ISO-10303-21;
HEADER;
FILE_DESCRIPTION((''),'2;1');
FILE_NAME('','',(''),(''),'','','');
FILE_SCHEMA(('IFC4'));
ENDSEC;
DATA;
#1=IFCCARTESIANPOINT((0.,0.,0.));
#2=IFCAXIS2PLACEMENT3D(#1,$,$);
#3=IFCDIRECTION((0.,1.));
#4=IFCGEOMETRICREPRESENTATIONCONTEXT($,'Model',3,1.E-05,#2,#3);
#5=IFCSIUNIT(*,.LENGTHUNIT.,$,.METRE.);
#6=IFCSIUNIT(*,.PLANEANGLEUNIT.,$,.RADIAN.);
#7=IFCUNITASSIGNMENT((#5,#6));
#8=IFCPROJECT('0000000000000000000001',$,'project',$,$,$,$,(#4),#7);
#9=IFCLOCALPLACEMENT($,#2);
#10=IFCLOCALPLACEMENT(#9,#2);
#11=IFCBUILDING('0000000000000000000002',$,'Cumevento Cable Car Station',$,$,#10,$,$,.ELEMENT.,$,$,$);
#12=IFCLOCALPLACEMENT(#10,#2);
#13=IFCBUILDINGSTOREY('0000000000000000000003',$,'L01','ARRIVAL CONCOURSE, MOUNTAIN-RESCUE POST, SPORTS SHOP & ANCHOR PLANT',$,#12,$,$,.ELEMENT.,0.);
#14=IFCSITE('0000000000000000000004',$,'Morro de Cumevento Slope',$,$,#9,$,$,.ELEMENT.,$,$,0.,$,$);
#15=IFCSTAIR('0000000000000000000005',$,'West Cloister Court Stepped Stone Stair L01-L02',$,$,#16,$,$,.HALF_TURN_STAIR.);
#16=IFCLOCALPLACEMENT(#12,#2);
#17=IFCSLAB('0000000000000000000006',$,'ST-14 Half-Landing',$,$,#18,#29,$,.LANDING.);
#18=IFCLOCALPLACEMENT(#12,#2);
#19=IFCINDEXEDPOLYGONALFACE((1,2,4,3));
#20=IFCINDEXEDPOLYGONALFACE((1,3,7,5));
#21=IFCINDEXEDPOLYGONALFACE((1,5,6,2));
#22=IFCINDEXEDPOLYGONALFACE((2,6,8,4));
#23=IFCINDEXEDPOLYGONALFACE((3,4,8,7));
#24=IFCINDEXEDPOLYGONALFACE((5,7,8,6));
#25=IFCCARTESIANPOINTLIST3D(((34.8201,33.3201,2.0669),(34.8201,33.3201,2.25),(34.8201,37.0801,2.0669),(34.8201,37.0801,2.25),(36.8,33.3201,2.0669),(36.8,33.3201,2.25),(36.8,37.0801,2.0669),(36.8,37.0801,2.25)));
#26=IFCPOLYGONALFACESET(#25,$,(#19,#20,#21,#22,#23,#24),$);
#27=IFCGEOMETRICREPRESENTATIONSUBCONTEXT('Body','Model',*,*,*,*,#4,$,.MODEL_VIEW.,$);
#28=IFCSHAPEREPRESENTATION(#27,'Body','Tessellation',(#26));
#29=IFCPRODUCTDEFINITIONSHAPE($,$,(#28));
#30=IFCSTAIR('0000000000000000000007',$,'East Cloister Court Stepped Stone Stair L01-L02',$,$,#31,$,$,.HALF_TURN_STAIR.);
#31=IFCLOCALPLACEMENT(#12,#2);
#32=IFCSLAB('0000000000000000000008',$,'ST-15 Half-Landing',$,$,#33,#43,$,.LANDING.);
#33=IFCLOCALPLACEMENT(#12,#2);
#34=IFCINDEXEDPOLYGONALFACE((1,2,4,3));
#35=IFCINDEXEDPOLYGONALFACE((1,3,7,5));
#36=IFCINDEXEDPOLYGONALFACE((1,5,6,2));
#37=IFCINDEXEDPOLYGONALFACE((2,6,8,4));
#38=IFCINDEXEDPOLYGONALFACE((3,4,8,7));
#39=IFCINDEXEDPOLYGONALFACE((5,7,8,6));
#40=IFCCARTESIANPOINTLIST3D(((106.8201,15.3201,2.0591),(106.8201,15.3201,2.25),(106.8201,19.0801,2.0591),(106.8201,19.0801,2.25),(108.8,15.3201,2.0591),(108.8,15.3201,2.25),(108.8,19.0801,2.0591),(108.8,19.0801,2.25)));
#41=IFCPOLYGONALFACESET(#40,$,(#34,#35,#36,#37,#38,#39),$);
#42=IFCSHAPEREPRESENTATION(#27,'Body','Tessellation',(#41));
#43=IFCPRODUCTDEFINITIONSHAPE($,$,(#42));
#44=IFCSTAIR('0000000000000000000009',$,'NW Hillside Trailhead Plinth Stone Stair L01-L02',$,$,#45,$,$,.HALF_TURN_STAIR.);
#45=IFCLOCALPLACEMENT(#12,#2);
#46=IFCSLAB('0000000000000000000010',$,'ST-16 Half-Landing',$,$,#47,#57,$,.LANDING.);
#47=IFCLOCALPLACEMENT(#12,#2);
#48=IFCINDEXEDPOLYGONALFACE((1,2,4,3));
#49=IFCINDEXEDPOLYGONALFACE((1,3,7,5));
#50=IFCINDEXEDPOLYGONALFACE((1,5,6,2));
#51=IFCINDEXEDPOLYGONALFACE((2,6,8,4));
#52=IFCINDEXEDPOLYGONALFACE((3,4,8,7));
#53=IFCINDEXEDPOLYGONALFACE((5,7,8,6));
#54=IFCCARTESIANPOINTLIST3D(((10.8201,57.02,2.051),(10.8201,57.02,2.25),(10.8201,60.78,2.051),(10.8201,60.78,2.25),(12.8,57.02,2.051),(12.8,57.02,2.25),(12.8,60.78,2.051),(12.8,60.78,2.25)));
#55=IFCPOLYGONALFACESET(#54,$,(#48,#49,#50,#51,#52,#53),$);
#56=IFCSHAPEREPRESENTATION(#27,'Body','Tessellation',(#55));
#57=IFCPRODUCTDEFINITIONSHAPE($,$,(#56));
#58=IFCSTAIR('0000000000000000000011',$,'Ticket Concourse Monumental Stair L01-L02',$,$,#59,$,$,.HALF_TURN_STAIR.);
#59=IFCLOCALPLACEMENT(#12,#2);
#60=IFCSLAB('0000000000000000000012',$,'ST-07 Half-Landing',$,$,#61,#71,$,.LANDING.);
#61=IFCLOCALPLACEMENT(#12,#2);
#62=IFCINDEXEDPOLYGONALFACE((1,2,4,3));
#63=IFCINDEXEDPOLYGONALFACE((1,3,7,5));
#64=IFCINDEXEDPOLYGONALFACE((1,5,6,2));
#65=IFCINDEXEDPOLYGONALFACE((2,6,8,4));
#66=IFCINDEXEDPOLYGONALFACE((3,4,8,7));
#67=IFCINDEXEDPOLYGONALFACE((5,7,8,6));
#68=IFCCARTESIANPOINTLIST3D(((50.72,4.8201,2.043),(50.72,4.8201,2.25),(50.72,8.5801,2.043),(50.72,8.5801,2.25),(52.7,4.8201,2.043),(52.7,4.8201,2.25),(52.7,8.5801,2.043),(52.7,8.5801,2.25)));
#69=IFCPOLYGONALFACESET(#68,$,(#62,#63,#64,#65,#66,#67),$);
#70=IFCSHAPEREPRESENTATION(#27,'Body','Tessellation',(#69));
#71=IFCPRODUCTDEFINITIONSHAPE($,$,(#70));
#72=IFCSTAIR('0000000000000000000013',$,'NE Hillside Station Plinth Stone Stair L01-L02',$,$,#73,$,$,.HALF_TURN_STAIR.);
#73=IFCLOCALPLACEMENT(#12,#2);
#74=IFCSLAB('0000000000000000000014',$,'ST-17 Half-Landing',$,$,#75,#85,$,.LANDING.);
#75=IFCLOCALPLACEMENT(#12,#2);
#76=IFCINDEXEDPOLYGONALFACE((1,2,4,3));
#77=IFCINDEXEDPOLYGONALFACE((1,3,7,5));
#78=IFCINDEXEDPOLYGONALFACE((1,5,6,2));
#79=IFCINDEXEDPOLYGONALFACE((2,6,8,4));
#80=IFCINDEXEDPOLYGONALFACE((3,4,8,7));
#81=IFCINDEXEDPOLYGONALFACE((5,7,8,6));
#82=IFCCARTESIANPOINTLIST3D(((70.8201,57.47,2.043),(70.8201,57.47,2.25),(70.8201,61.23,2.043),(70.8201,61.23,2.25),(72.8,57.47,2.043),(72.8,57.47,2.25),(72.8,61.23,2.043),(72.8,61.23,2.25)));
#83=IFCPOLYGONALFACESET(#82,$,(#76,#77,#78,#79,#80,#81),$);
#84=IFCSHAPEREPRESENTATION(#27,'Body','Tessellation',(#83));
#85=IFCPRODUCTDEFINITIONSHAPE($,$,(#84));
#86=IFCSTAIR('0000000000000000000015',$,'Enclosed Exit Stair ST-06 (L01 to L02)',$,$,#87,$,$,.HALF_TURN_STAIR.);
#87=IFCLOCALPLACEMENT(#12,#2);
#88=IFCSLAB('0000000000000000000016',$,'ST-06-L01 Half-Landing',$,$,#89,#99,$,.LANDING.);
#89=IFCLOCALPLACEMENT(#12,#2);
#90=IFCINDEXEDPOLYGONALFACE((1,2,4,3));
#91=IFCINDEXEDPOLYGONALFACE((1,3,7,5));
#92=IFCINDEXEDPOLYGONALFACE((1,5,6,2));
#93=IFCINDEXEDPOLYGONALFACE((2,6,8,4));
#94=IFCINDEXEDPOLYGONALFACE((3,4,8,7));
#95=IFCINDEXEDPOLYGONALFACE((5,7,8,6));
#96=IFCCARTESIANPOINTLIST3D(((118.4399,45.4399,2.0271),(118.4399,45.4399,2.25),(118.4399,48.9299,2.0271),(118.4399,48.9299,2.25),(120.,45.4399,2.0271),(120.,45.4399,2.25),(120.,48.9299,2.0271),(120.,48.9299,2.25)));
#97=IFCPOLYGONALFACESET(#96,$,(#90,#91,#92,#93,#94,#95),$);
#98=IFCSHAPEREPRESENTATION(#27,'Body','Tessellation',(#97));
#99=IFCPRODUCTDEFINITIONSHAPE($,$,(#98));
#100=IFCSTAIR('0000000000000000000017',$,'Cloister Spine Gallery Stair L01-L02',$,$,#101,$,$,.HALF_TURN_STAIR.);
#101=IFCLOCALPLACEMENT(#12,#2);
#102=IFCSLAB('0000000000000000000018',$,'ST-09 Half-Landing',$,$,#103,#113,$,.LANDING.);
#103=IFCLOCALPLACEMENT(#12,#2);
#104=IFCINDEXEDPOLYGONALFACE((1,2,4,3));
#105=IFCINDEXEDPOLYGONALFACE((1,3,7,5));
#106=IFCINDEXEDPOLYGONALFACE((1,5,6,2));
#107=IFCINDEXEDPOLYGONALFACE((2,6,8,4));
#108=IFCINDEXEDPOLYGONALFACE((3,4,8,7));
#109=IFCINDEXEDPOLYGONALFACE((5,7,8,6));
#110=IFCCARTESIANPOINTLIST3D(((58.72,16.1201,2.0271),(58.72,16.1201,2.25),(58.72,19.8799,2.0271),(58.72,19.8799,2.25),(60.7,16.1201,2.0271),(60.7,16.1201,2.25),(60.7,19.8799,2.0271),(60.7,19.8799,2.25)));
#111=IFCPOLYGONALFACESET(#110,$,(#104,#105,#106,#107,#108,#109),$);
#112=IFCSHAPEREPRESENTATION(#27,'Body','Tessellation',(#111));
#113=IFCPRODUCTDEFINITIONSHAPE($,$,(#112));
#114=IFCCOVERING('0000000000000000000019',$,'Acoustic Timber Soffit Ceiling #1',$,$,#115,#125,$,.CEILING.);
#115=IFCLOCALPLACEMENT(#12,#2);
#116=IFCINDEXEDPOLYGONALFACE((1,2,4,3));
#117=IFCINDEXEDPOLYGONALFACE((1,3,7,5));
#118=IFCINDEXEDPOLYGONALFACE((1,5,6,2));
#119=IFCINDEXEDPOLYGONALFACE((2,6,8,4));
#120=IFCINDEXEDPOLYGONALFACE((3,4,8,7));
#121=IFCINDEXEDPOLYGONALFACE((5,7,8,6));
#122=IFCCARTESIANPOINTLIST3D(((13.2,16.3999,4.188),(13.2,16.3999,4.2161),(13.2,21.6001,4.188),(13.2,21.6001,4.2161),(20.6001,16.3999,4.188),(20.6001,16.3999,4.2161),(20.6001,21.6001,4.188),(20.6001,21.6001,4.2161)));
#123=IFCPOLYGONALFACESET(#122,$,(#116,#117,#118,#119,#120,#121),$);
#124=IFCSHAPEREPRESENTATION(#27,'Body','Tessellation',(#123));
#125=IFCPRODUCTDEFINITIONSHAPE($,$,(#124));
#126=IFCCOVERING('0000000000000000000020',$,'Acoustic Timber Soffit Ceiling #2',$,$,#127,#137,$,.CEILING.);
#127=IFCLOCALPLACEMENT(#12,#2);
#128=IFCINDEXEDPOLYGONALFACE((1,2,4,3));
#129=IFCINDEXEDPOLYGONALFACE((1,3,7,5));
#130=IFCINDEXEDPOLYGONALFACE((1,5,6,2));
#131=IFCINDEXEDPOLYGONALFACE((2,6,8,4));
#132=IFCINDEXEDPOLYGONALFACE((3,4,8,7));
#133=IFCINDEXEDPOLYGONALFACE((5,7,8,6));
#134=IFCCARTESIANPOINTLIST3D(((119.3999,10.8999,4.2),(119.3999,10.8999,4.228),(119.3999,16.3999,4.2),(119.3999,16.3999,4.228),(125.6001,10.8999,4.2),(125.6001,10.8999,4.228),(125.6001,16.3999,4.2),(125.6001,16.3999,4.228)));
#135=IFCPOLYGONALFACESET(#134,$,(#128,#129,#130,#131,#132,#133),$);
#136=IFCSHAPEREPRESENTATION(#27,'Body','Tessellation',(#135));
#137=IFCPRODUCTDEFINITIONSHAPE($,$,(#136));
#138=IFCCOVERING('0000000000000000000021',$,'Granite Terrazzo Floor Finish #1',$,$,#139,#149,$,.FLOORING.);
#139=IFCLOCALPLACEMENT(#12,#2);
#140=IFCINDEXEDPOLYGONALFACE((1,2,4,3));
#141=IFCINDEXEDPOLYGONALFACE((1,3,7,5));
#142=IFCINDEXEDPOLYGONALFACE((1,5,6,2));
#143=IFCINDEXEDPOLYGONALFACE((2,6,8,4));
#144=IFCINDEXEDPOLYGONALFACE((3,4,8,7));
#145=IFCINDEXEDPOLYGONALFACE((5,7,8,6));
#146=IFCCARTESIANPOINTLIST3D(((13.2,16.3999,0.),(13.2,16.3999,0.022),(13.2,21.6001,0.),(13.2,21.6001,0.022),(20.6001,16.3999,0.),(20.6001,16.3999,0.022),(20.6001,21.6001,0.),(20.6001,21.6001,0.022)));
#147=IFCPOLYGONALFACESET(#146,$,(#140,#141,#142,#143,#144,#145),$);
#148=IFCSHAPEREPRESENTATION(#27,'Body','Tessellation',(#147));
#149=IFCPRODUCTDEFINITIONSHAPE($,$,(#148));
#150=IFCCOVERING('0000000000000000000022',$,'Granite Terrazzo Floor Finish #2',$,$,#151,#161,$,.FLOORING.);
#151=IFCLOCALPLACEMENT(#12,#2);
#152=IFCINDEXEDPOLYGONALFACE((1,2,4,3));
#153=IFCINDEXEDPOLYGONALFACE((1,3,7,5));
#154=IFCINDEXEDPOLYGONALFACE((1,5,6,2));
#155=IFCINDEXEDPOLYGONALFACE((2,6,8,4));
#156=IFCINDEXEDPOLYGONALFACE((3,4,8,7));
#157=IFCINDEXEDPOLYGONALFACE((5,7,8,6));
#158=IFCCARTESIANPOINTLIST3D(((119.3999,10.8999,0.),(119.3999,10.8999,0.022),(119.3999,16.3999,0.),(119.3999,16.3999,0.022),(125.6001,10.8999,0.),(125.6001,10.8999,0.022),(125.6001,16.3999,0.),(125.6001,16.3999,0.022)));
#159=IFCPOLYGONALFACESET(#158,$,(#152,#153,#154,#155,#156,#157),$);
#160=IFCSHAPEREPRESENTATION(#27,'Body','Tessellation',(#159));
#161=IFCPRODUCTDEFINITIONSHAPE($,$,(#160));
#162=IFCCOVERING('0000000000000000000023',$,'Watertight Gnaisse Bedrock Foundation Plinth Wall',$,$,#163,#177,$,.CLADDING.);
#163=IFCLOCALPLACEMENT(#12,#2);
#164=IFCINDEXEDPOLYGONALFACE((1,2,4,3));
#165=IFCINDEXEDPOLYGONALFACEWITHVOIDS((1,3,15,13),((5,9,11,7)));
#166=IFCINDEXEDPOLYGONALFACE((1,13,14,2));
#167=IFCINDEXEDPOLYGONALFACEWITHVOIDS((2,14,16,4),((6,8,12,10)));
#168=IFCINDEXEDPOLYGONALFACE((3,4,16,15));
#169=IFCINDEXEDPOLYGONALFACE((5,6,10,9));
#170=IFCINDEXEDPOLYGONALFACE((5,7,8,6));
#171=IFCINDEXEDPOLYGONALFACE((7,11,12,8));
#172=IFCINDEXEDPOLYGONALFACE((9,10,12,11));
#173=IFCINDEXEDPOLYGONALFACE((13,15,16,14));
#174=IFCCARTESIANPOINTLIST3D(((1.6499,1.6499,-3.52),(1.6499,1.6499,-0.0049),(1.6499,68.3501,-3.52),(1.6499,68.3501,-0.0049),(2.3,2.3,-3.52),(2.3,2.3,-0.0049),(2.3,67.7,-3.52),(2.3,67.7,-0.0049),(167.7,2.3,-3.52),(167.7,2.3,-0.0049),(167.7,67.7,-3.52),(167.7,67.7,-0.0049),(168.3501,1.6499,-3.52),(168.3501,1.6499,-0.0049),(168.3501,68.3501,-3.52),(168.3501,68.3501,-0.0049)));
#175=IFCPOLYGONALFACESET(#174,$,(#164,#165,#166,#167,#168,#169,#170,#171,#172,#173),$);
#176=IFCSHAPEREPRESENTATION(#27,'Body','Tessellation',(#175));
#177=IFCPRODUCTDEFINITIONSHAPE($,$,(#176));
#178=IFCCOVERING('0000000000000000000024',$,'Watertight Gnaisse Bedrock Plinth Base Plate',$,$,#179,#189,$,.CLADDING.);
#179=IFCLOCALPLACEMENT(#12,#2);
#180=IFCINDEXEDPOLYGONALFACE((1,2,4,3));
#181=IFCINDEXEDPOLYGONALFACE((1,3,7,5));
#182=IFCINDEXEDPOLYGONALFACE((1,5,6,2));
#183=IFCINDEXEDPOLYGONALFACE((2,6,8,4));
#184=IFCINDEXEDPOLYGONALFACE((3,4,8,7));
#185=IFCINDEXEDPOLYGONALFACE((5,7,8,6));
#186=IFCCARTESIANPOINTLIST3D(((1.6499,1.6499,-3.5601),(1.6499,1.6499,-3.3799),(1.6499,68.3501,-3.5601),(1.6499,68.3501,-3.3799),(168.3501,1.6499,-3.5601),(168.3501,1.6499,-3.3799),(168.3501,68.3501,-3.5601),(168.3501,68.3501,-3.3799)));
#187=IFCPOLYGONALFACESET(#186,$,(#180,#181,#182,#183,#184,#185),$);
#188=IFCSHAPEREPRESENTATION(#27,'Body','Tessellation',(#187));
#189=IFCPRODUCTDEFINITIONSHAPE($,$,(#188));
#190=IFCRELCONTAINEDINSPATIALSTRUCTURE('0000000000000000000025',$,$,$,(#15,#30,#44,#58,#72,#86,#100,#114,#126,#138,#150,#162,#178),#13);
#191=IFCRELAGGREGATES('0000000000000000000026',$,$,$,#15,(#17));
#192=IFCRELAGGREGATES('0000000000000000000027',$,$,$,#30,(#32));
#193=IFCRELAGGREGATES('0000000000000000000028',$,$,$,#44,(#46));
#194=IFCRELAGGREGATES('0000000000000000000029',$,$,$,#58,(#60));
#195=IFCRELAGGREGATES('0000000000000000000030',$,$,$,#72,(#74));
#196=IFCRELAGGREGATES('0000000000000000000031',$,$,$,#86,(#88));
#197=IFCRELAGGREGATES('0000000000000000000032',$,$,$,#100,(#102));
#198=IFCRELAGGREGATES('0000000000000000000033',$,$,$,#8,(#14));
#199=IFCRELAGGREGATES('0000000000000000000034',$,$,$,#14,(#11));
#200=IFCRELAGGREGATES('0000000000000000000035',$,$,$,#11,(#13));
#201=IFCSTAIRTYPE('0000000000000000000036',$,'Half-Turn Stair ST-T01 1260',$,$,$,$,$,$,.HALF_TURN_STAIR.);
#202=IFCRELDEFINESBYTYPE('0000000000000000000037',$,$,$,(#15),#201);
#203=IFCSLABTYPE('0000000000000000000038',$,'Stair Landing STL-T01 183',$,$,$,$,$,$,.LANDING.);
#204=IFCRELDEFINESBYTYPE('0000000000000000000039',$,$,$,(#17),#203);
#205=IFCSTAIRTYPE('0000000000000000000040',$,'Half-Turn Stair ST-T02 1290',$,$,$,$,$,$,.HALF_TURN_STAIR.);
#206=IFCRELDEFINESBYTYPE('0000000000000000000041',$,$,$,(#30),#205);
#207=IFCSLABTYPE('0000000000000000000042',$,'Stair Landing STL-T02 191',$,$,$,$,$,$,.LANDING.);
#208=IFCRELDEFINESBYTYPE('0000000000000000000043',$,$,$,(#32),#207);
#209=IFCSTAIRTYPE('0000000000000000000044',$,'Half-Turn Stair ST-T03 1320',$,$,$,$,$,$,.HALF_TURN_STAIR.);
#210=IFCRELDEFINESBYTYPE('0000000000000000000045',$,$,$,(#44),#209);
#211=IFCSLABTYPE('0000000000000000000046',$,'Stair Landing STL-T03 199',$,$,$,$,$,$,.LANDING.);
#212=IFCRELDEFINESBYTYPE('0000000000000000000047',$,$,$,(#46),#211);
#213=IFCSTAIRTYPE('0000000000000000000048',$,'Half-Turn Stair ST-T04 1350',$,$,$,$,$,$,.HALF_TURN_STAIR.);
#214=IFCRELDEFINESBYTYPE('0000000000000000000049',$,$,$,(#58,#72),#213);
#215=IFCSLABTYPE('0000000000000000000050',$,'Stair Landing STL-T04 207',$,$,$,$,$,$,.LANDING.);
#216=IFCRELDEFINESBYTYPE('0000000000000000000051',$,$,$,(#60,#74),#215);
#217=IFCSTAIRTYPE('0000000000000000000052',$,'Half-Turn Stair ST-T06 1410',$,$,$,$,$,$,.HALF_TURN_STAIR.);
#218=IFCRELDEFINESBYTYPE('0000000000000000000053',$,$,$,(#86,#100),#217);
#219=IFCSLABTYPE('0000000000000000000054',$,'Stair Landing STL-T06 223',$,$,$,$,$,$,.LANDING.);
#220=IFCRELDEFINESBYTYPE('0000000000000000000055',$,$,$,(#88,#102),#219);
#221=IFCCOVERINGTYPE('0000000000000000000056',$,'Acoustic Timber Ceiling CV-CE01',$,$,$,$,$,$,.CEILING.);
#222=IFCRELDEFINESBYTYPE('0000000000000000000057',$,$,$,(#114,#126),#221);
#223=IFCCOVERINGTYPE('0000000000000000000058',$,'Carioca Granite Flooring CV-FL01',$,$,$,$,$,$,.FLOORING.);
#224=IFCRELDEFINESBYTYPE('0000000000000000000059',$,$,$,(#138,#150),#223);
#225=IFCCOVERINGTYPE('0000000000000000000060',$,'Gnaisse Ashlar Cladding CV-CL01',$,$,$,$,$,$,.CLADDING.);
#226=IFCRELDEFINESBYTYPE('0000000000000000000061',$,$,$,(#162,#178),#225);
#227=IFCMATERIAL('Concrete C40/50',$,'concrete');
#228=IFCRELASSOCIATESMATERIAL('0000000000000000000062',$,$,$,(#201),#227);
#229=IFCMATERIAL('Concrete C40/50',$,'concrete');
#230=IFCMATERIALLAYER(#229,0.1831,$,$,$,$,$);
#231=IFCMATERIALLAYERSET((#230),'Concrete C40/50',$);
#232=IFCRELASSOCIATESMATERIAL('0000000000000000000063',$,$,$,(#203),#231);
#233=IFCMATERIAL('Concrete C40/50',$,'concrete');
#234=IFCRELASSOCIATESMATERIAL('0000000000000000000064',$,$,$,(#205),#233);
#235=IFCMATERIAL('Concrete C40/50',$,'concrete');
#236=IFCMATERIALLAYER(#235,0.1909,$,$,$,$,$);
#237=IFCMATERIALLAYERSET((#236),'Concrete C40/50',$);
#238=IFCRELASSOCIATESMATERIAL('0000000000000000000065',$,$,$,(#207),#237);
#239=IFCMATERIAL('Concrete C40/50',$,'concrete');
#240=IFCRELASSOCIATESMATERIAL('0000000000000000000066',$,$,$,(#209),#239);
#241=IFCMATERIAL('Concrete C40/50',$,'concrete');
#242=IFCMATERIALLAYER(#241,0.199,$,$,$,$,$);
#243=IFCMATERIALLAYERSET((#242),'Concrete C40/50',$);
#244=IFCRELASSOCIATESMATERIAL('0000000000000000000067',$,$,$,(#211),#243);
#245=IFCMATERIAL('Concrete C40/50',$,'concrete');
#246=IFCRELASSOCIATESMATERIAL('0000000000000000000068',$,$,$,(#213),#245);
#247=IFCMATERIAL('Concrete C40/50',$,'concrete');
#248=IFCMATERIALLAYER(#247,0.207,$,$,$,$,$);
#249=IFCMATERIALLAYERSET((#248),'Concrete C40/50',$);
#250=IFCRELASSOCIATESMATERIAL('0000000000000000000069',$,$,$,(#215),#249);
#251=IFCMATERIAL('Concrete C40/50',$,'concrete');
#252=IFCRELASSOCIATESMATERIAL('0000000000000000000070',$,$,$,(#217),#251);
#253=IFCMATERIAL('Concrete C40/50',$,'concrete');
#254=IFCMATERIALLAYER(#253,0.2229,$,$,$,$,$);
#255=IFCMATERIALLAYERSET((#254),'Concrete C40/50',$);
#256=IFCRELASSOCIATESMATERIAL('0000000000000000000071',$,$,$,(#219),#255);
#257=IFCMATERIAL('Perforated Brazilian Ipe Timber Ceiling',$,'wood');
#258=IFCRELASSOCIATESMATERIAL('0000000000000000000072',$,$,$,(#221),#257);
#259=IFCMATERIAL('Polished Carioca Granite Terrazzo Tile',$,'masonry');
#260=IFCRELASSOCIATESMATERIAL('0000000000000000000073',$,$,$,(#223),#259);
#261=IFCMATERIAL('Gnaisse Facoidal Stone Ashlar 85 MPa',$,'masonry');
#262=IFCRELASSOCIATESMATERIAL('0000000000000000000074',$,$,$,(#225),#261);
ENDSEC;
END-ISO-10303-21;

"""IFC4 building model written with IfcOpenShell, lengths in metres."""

from ifc_helpers import new_model, si_unit, direction, frame, origin, place, context, subcontext, project, spatial, polyline, outline, extrude, material, layer, layer_set, type_object, element, aggregate, save


model = new_model("IFC4")

# Units and contexts
model_context = context("Model", 3, precision=1e-05, world=origin(), true_north=direction((0.0, 1.0)))
body_context = subcontext(model_context, "Body", "Model", "MODEL_VIEW")
ifc_project = project(units=[si_unit("LENGTHUNIT", "METRE"), si_unit("PLANEANGLEUNIT", "RADIAN")], contexts=[model_context])

# Site, building, storey
site_placement = place(None, origin())
site = spatial("IfcSite", under=ifc_project, at=site_placement, Name="Morro de Cumevento Slope", CompositionType="ELEMENT", RefElevation=0.0)
building_placement = place(site_placement, origin())
building = spatial("IfcBuilding", under=site, at=building_placement, Name="Cumevento Cable Car Station", CompositionType="ELEMENT")
storey_placement = place(building_placement, origin())
storey = spatial("IfcBuildingStorey", under=building, at=storey_placement, Name="L01", Description="ARRIVAL CONCOURSE, MOUNTAIN-RESCUE POST, SPORTS SHOP & ANCHOR PLANT", CompositionType="ELEMENT", Elevation=0.0)

# Stairs, slabs
ifc_material_1 = material(Name="Concrete C40/50", Category="concrete")
stair_type_1 = type_object("IfcStairType", Name="Half-Turn Stair ST-T01 1260", PredefinedType="HALF_TURN_STAIR", material=ifc_material_1)
stair_1_placement = place(storey_placement, origin())
stair_1 = element("IfcStair", 1, at=stair_1_placement, inside=storey, type_object=stair_type_1, Name="West Cloister Court Stepped Stone Stair L01-L02", PredefinedType="HALF_TURN_STAIR")
ifc_material_2 = material(Name="Concrete C40/50", Category="concrete")
ifc_layer_1 = layer(ifc_material_2, 0.1831)
ifc_layer_set_1 = layer_set([ifc_layer_1], Name="Concrete C40/50")
slab_type_1 = type_object("IfcSlabType", Name="Stair Landing STL-T01 183", PredefinedType="LANDING", material=ifc_layer_set_1)
slab_1_placement = place(storey_placement, frame((0.0, 0.0, 2.0669)))
slab_1 = element("IfcSlab", 2, at=slab_1_placement, type_object=slab_type_1, Name="ST-14 Half-Landing", PredefinedType="LANDING", context=body_context, shape_type="SweptSolid", body=[
    extrude(outline(polyline([(34.8201, 33.3201), (36.8, 33.3201), (36.8, 37.0801), (34.8201, 37.0801), (34.8201, 33.3201)])), origin(), (0.0, 0.0, 1.0), 0.1831),
])
aggregate(stair_1, [slab_1])
ifc_material_3 = material(Name="Concrete C40/50", Category="concrete")
stair_type_2 = type_object("IfcStairType", Name="Half-Turn Stair ST-T02 1290", PredefinedType="HALF_TURN_STAIR", material=ifc_material_3)
stair_2_placement = place(storey_placement, origin())
stair_2 = element("IfcStair", 3, at=stair_2_placement, inside=storey, type_object=stair_type_2, Name="East Cloister Court Stepped Stone Stair L01-L02", PredefinedType="HALF_TURN_STAIR")
ifc_material_4 = material(Name="Concrete C40/50", Category="concrete")
ifc_layer_2 = layer(ifc_material_4, 0.1909)
ifc_layer_set_2 = layer_set([ifc_layer_2], Name="Concrete C40/50")
slab_type_2 = type_object("IfcSlabType", Name="Stair Landing STL-T02 191", PredefinedType="LANDING", material=ifc_layer_set_2)
slab_2_placement = place(storey_placement, frame((0.0, 0.0, 2.0591)))
slab_2 = element("IfcSlab", 4, at=slab_2_placement, type_object=slab_type_2, Name="ST-15 Half-Landing", PredefinedType="LANDING", context=body_context, shape_type="SweptSolid", body=[
    extrude(outline(polyline([(106.8201, 15.3201), (108.8, 15.3201), (108.8, 19.0801), (106.8201, 19.0801), (106.8201, 15.3201)])), origin(), (0.0, 0.0, 1.0), 0.1909),
])
aggregate(stair_2, [slab_2])
ifc_material_5 = material(Name="Concrete C40/50", Category="concrete")
stair_type_3 = type_object("IfcStairType", Name="Half-Turn Stair ST-T03 1320", PredefinedType="HALF_TURN_STAIR", material=ifc_material_5)
stair_3_placement = place(storey_placement, origin())
stair_3 = element("IfcStair", 5, at=stair_3_placement, inside=storey, type_object=stair_type_3, Name="NW Hillside Trailhead Plinth Stone Stair L01-L02", PredefinedType="HALF_TURN_STAIR")
ifc_material_6 = material(Name="Concrete C40/50", Category="concrete")
ifc_layer_3 = layer(ifc_material_6, 0.199)
ifc_layer_set_3 = layer_set([ifc_layer_3], Name="Concrete C40/50")
slab_type_3 = type_object("IfcSlabType", Name="Stair Landing STL-T03 199", PredefinedType="LANDING", material=ifc_layer_set_3)
slab_3_placement = place(storey_placement, frame((0.0, 0.0, 2.051)))
slab_3 = element("IfcSlab", 6, at=slab_3_placement, type_object=slab_type_3, Name="ST-16 Half-Landing", PredefinedType="LANDING", context=body_context, shape_type="SweptSolid", body=[
    extrude(outline(polyline([(10.8201, 57.02), (12.8, 57.02), (12.8, 60.78), (10.8201, 60.78), (10.8201, 57.02)])), origin(), (0.0, 0.0, 1.0), 0.199),
])
aggregate(stair_3, [slab_3])
ifc_material_7 = material(Name="Concrete C40/50", Category="concrete")
stair_type_4 = type_object("IfcStairType", Name="Half-Turn Stair ST-T04 1350", PredefinedType="HALF_TURN_STAIR", material=ifc_material_7)
stair_4_placement = place(storey_placement, origin())
stair_4 = element("IfcStair", 7, at=stair_4_placement, inside=storey, type_object=stair_type_4, Name="Ticket Concourse Monumental Stair L01-L02", PredefinedType="HALF_TURN_STAIR")
ifc_material_8 = material(Name="Concrete C40/50", Category="concrete")
ifc_layer_4 = layer(ifc_material_8, 0.207)
ifc_layer_set_4 = layer_set([ifc_layer_4], Name="Concrete C40/50")
slab_type_4 = type_object("IfcSlabType", Name="Stair Landing STL-T04 207", PredefinedType="LANDING", material=ifc_layer_set_4)
slab_4_placement = place(storey_placement, frame((0.0, 0.0, 2.043)))
slab_4 = element("IfcSlab", 8, at=slab_4_placement, type_object=slab_type_4, Name="ST-07 Half-Landing", PredefinedType="LANDING", context=body_context, shape_type="SweptSolid", body=[
    extrude(outline(polyline([(50.72, 4.8201), (52.7, 4.8201), (52.7, 8.5801), (50.72, 8.5801), (50.72, 4.8201)])), origin(), (0.0, 0.0, 1.0), 0.207),
])
aggregate(stair_4, [slab_4])
stair_5_placement = place(storey_placement, origin())
stair_5 = element("IfcStair", 9, at=stair_5_placement, inside=storey, type_object=stair_type_4, Name="NE Hillside Station Plinth Stone Stair L01-L02", PredefinedType="HALF_TURN_STAIR")
slab_5_placement = place(storey_placement, frame((0.0, 0.0, 2.043)))
slab_5 = element("IfcSlab", 10, at=slab_5_placement, type_object=slab_type_4, Name="ST-17 Half-Landing", PredefinedType="LANDING", context=body_context, shape_type="SweptSolid", body=[
    extrude(outline(polyline([(70.8201, 57.47), (72.8, 57.47), (72.8, 61.23), (70.8201, 61.23), (70.8201, 57.47)])), origin(), (0.0, 0.0, 1.0), 0.207),
])
aggregate(stair_5, [slab_5])
ifc_material_9 = material(Name="Concrete C40/50", Category="concrete")
stair_type_5 = type_object("IfcStairType", Name="Half-Turn Stair ST-T06 1410", PredefinedType="HALF_TURN_STAIR", material=ifc_material_9)
stair_6_placement = place(storey_placement, origin())
stair_6 = element("IfcStair", 11, at=stair_6_placement, inside=storey, type_object=stair_type_5, Name="Enclosed Exit Stair ST-06 (L01 to L02)", PredefinedType="HALF_TURN_STAIR")
ifc_material_10 = material(Name="Concrete C40/50", Category="concrete")
ifc_layer_5 = layer(ifc_material_10, 0.2229)
ifc_layer_set_5 = layer_set([ifc_layer_5], Name="Concrete C40/50")
slab_type_5 = type_object("IfcSlabType", Name="Stair Landing STL-T06 223", PredefinedType="LANDING", material=ifc_layer_set_5)
slab_6_placement = place(storey_placement, frame((0.0, 0.0, 2.0271)))
slab_6 = element("IfcSlab", 12, at=slab_6_placement, type_object=slab_type_5, Name="ST-06-L01 Half-Landing", PredefinedType="LANDING", context=body_context, shape_type="SweptSolid", body=[
    extrude(outline(polyline([(118.4399, 45.4399), (120.0, 45.4399), (120.0, 48.9299), (118.4399, 48.9299), (118.4399, 45.4399)])), origin(), (0.0, 0.0, 1.0), 0.2229),
])
aggregate(stair_6, [slab_6])
stair_7_placement = place(storey_placement, origin())
stair_7 = element("IfcStair", 13, at=stair_7_placement, inside=storey, type_object=stair_type_5, Name="Cloister Spine Gallery Stair L01-L02", PredefinedType="HALF_TURN_STAIR")
slab_7_placement = place(storey_placement, frame((0.0, 0.0, 2.0271)))
slab_7 = element("IfcSlab", 14, at=slab_7_placement, type_object=slab_type_5, Name="ST-09 Half-Landing", PredefinedType="LANDING", context=body_context, shape_type="SweptSolid", body=[
    extrude(outline(polyline([(58.72, 16.1201), (60.7, 16.1201), (60.7, 19.8799), (58.72, 19.8799), (58.72, 16.1201)])), origin(), (0.0, 0.0, 1.0), 0.2229),
])
aggregate(stair_7, [slab_7])

# Coverings
ifc_material_11 = material(Name="Perforated Brazilian Ipe Timber Ceiling", Category="wood")
covering_type_1 = type_object("IfcCoveringType", Name="Acoustic Timber Ceiling CV-CE01", PredefinedType="CEILING", material=ifc_material_11)
covering_1_placement = place(storey_placement, frame((0.0, 0.0, 4.188)))
element("IfcCovering", 15, at=covering_1_placement, inside=storey, type_object=covering_type_1, Name="Acoustic Timber Soffit Ceiling #1", PredefinedType="CEILING", context=body_context, shape_type="SweptSolid", body=[
    extrude(outline(polyline([(13.2, 16.3999), (20.6001, 16.3999), (20.6001, 21.6001), (13.2, 21.6001), (13.2, 16.3999)])), origin(), (0.0, 0.0, 1.0), 0.0281),
])
covering_2_placement = place(storey_placement, frame((0.0, 0.0, 4.2)))
element("IfcCovering", 16, at=covering_2_placement, inside=storey, type_object=covering_type_1, Name="Acoustic Timber Soffit Ceiling #2", PredefinedType="CEILING", context=body_context, shape_type="SweptSolid", body=[
    extrude(outline(polyline([(119.3999, 10.8999), (125.6001, 10.8999), (125.6001, 16.3999), (119.3999, 16.3999), (119.3999, 10.8999)])), origin(), (0.0, 0.0, 1.0), 0.0281),
])
ifc_material_12 = material(Name="Polished Carioca Granite Terrazzo Tile", Category="masonry")
covering_type_2 = type_object("IfcCoveringType", Name="Carioca Granite Flooring CV-FL01", PredefinedType="FLOORING", material=ifc_material_12)
covering_3_placement = place(storey_placement, origin())
element("IfcCovering", 17, at=covering_3_placement, inside=storey, type_object=covering_type_2, Name="Granite Terrazzo Floor Finish #1", PredefinedType="FLOORING", context=body_context, shape_type="SweptSolid", body=[
    extrude(outline(polyline([(13.2, 16.3999), (20.6001, 16.3999), (20.6001, 21.6001), (13.2, 21.6001), (13.2, 16.3999)])), origin(), (0.0, 0.0, 1.0), 0.022),
])
covering_4_placement = place(storey_placement, origin())
element("IfcCovering", 18, at=covering_4_placement, inside=storey, type_object=covering_type_2, Name="Granite Terrazzo Floor Finish #2", PredefinedType="FLOORING", context=body_context, shape_type="SweptSolid", body=[
    extrude(outline(polyline([(119.3999, 10.8999), (125.6001, 10.8999), (125.6001, 16.3999), (119.3999, 16.3999), (119.3999, 10.8999)])), origin(), (0.0, 0.0, 1.0), 0.022),
])
ifc_material_13 = material(Name="Gnaisse Facoidal Stone Ashlar 85 MPa", Category="masonry")
covering_type_3 = type_object("IfcCoveringType", Name="Gnaisse Ashlar Cladding CV-CL01", PredefinedType="CLADDING", material=ifc_material_13)
covering_5_placement = place(storey_placement, frame((0.0, 0.0, -3.52)))
element("IfcCovering", 19, at=covering_5_placement, inside=storey, type_object=covering_type_3, Name="Watertight Gnaisse Bedrock Foundation Plinth Wall", PredefinedType="CLADDING", context=body_context, shape_type="SweptSolid", body=[
    extrude(outline(polyline([(1.6499, 1.6499), (1.6499, 68.3501), (168.3501, 68.3501), (168.3501, 1.6499), (1.6499, 1.6499)]), holes=[polyline([(167.7, 67.7), (2.3, 67.7), (2.3, 2.3), (167.7, 2.3), (167.7, 67.7)])]), origin(), (0.0, 0.0, 1.0), 3.5151),
])
covering_6_placement = place(storey_placement, frame((0.0, 0.0, -3.5601)))
element("IfcCovering", 20, at=covering_6_placement, inside=storey, type_object=covering_type_3, Name="Watertight Gnaisse Bedrock Plinth Base Plate", PredefinedType="CLADDING", context=body_context, shape_type="SweptSolid", body=[
    extrude(outline(polyline([(1.6499, 1.6499), (1.6499, 68.3501), (168.3501, 68.3501), (168.3501, 1.6499), (1.6499, 1.6499)])), origin(), (0.0, 0.0, 1.0), 0.1802),
])

save(model, "model.ifc")
